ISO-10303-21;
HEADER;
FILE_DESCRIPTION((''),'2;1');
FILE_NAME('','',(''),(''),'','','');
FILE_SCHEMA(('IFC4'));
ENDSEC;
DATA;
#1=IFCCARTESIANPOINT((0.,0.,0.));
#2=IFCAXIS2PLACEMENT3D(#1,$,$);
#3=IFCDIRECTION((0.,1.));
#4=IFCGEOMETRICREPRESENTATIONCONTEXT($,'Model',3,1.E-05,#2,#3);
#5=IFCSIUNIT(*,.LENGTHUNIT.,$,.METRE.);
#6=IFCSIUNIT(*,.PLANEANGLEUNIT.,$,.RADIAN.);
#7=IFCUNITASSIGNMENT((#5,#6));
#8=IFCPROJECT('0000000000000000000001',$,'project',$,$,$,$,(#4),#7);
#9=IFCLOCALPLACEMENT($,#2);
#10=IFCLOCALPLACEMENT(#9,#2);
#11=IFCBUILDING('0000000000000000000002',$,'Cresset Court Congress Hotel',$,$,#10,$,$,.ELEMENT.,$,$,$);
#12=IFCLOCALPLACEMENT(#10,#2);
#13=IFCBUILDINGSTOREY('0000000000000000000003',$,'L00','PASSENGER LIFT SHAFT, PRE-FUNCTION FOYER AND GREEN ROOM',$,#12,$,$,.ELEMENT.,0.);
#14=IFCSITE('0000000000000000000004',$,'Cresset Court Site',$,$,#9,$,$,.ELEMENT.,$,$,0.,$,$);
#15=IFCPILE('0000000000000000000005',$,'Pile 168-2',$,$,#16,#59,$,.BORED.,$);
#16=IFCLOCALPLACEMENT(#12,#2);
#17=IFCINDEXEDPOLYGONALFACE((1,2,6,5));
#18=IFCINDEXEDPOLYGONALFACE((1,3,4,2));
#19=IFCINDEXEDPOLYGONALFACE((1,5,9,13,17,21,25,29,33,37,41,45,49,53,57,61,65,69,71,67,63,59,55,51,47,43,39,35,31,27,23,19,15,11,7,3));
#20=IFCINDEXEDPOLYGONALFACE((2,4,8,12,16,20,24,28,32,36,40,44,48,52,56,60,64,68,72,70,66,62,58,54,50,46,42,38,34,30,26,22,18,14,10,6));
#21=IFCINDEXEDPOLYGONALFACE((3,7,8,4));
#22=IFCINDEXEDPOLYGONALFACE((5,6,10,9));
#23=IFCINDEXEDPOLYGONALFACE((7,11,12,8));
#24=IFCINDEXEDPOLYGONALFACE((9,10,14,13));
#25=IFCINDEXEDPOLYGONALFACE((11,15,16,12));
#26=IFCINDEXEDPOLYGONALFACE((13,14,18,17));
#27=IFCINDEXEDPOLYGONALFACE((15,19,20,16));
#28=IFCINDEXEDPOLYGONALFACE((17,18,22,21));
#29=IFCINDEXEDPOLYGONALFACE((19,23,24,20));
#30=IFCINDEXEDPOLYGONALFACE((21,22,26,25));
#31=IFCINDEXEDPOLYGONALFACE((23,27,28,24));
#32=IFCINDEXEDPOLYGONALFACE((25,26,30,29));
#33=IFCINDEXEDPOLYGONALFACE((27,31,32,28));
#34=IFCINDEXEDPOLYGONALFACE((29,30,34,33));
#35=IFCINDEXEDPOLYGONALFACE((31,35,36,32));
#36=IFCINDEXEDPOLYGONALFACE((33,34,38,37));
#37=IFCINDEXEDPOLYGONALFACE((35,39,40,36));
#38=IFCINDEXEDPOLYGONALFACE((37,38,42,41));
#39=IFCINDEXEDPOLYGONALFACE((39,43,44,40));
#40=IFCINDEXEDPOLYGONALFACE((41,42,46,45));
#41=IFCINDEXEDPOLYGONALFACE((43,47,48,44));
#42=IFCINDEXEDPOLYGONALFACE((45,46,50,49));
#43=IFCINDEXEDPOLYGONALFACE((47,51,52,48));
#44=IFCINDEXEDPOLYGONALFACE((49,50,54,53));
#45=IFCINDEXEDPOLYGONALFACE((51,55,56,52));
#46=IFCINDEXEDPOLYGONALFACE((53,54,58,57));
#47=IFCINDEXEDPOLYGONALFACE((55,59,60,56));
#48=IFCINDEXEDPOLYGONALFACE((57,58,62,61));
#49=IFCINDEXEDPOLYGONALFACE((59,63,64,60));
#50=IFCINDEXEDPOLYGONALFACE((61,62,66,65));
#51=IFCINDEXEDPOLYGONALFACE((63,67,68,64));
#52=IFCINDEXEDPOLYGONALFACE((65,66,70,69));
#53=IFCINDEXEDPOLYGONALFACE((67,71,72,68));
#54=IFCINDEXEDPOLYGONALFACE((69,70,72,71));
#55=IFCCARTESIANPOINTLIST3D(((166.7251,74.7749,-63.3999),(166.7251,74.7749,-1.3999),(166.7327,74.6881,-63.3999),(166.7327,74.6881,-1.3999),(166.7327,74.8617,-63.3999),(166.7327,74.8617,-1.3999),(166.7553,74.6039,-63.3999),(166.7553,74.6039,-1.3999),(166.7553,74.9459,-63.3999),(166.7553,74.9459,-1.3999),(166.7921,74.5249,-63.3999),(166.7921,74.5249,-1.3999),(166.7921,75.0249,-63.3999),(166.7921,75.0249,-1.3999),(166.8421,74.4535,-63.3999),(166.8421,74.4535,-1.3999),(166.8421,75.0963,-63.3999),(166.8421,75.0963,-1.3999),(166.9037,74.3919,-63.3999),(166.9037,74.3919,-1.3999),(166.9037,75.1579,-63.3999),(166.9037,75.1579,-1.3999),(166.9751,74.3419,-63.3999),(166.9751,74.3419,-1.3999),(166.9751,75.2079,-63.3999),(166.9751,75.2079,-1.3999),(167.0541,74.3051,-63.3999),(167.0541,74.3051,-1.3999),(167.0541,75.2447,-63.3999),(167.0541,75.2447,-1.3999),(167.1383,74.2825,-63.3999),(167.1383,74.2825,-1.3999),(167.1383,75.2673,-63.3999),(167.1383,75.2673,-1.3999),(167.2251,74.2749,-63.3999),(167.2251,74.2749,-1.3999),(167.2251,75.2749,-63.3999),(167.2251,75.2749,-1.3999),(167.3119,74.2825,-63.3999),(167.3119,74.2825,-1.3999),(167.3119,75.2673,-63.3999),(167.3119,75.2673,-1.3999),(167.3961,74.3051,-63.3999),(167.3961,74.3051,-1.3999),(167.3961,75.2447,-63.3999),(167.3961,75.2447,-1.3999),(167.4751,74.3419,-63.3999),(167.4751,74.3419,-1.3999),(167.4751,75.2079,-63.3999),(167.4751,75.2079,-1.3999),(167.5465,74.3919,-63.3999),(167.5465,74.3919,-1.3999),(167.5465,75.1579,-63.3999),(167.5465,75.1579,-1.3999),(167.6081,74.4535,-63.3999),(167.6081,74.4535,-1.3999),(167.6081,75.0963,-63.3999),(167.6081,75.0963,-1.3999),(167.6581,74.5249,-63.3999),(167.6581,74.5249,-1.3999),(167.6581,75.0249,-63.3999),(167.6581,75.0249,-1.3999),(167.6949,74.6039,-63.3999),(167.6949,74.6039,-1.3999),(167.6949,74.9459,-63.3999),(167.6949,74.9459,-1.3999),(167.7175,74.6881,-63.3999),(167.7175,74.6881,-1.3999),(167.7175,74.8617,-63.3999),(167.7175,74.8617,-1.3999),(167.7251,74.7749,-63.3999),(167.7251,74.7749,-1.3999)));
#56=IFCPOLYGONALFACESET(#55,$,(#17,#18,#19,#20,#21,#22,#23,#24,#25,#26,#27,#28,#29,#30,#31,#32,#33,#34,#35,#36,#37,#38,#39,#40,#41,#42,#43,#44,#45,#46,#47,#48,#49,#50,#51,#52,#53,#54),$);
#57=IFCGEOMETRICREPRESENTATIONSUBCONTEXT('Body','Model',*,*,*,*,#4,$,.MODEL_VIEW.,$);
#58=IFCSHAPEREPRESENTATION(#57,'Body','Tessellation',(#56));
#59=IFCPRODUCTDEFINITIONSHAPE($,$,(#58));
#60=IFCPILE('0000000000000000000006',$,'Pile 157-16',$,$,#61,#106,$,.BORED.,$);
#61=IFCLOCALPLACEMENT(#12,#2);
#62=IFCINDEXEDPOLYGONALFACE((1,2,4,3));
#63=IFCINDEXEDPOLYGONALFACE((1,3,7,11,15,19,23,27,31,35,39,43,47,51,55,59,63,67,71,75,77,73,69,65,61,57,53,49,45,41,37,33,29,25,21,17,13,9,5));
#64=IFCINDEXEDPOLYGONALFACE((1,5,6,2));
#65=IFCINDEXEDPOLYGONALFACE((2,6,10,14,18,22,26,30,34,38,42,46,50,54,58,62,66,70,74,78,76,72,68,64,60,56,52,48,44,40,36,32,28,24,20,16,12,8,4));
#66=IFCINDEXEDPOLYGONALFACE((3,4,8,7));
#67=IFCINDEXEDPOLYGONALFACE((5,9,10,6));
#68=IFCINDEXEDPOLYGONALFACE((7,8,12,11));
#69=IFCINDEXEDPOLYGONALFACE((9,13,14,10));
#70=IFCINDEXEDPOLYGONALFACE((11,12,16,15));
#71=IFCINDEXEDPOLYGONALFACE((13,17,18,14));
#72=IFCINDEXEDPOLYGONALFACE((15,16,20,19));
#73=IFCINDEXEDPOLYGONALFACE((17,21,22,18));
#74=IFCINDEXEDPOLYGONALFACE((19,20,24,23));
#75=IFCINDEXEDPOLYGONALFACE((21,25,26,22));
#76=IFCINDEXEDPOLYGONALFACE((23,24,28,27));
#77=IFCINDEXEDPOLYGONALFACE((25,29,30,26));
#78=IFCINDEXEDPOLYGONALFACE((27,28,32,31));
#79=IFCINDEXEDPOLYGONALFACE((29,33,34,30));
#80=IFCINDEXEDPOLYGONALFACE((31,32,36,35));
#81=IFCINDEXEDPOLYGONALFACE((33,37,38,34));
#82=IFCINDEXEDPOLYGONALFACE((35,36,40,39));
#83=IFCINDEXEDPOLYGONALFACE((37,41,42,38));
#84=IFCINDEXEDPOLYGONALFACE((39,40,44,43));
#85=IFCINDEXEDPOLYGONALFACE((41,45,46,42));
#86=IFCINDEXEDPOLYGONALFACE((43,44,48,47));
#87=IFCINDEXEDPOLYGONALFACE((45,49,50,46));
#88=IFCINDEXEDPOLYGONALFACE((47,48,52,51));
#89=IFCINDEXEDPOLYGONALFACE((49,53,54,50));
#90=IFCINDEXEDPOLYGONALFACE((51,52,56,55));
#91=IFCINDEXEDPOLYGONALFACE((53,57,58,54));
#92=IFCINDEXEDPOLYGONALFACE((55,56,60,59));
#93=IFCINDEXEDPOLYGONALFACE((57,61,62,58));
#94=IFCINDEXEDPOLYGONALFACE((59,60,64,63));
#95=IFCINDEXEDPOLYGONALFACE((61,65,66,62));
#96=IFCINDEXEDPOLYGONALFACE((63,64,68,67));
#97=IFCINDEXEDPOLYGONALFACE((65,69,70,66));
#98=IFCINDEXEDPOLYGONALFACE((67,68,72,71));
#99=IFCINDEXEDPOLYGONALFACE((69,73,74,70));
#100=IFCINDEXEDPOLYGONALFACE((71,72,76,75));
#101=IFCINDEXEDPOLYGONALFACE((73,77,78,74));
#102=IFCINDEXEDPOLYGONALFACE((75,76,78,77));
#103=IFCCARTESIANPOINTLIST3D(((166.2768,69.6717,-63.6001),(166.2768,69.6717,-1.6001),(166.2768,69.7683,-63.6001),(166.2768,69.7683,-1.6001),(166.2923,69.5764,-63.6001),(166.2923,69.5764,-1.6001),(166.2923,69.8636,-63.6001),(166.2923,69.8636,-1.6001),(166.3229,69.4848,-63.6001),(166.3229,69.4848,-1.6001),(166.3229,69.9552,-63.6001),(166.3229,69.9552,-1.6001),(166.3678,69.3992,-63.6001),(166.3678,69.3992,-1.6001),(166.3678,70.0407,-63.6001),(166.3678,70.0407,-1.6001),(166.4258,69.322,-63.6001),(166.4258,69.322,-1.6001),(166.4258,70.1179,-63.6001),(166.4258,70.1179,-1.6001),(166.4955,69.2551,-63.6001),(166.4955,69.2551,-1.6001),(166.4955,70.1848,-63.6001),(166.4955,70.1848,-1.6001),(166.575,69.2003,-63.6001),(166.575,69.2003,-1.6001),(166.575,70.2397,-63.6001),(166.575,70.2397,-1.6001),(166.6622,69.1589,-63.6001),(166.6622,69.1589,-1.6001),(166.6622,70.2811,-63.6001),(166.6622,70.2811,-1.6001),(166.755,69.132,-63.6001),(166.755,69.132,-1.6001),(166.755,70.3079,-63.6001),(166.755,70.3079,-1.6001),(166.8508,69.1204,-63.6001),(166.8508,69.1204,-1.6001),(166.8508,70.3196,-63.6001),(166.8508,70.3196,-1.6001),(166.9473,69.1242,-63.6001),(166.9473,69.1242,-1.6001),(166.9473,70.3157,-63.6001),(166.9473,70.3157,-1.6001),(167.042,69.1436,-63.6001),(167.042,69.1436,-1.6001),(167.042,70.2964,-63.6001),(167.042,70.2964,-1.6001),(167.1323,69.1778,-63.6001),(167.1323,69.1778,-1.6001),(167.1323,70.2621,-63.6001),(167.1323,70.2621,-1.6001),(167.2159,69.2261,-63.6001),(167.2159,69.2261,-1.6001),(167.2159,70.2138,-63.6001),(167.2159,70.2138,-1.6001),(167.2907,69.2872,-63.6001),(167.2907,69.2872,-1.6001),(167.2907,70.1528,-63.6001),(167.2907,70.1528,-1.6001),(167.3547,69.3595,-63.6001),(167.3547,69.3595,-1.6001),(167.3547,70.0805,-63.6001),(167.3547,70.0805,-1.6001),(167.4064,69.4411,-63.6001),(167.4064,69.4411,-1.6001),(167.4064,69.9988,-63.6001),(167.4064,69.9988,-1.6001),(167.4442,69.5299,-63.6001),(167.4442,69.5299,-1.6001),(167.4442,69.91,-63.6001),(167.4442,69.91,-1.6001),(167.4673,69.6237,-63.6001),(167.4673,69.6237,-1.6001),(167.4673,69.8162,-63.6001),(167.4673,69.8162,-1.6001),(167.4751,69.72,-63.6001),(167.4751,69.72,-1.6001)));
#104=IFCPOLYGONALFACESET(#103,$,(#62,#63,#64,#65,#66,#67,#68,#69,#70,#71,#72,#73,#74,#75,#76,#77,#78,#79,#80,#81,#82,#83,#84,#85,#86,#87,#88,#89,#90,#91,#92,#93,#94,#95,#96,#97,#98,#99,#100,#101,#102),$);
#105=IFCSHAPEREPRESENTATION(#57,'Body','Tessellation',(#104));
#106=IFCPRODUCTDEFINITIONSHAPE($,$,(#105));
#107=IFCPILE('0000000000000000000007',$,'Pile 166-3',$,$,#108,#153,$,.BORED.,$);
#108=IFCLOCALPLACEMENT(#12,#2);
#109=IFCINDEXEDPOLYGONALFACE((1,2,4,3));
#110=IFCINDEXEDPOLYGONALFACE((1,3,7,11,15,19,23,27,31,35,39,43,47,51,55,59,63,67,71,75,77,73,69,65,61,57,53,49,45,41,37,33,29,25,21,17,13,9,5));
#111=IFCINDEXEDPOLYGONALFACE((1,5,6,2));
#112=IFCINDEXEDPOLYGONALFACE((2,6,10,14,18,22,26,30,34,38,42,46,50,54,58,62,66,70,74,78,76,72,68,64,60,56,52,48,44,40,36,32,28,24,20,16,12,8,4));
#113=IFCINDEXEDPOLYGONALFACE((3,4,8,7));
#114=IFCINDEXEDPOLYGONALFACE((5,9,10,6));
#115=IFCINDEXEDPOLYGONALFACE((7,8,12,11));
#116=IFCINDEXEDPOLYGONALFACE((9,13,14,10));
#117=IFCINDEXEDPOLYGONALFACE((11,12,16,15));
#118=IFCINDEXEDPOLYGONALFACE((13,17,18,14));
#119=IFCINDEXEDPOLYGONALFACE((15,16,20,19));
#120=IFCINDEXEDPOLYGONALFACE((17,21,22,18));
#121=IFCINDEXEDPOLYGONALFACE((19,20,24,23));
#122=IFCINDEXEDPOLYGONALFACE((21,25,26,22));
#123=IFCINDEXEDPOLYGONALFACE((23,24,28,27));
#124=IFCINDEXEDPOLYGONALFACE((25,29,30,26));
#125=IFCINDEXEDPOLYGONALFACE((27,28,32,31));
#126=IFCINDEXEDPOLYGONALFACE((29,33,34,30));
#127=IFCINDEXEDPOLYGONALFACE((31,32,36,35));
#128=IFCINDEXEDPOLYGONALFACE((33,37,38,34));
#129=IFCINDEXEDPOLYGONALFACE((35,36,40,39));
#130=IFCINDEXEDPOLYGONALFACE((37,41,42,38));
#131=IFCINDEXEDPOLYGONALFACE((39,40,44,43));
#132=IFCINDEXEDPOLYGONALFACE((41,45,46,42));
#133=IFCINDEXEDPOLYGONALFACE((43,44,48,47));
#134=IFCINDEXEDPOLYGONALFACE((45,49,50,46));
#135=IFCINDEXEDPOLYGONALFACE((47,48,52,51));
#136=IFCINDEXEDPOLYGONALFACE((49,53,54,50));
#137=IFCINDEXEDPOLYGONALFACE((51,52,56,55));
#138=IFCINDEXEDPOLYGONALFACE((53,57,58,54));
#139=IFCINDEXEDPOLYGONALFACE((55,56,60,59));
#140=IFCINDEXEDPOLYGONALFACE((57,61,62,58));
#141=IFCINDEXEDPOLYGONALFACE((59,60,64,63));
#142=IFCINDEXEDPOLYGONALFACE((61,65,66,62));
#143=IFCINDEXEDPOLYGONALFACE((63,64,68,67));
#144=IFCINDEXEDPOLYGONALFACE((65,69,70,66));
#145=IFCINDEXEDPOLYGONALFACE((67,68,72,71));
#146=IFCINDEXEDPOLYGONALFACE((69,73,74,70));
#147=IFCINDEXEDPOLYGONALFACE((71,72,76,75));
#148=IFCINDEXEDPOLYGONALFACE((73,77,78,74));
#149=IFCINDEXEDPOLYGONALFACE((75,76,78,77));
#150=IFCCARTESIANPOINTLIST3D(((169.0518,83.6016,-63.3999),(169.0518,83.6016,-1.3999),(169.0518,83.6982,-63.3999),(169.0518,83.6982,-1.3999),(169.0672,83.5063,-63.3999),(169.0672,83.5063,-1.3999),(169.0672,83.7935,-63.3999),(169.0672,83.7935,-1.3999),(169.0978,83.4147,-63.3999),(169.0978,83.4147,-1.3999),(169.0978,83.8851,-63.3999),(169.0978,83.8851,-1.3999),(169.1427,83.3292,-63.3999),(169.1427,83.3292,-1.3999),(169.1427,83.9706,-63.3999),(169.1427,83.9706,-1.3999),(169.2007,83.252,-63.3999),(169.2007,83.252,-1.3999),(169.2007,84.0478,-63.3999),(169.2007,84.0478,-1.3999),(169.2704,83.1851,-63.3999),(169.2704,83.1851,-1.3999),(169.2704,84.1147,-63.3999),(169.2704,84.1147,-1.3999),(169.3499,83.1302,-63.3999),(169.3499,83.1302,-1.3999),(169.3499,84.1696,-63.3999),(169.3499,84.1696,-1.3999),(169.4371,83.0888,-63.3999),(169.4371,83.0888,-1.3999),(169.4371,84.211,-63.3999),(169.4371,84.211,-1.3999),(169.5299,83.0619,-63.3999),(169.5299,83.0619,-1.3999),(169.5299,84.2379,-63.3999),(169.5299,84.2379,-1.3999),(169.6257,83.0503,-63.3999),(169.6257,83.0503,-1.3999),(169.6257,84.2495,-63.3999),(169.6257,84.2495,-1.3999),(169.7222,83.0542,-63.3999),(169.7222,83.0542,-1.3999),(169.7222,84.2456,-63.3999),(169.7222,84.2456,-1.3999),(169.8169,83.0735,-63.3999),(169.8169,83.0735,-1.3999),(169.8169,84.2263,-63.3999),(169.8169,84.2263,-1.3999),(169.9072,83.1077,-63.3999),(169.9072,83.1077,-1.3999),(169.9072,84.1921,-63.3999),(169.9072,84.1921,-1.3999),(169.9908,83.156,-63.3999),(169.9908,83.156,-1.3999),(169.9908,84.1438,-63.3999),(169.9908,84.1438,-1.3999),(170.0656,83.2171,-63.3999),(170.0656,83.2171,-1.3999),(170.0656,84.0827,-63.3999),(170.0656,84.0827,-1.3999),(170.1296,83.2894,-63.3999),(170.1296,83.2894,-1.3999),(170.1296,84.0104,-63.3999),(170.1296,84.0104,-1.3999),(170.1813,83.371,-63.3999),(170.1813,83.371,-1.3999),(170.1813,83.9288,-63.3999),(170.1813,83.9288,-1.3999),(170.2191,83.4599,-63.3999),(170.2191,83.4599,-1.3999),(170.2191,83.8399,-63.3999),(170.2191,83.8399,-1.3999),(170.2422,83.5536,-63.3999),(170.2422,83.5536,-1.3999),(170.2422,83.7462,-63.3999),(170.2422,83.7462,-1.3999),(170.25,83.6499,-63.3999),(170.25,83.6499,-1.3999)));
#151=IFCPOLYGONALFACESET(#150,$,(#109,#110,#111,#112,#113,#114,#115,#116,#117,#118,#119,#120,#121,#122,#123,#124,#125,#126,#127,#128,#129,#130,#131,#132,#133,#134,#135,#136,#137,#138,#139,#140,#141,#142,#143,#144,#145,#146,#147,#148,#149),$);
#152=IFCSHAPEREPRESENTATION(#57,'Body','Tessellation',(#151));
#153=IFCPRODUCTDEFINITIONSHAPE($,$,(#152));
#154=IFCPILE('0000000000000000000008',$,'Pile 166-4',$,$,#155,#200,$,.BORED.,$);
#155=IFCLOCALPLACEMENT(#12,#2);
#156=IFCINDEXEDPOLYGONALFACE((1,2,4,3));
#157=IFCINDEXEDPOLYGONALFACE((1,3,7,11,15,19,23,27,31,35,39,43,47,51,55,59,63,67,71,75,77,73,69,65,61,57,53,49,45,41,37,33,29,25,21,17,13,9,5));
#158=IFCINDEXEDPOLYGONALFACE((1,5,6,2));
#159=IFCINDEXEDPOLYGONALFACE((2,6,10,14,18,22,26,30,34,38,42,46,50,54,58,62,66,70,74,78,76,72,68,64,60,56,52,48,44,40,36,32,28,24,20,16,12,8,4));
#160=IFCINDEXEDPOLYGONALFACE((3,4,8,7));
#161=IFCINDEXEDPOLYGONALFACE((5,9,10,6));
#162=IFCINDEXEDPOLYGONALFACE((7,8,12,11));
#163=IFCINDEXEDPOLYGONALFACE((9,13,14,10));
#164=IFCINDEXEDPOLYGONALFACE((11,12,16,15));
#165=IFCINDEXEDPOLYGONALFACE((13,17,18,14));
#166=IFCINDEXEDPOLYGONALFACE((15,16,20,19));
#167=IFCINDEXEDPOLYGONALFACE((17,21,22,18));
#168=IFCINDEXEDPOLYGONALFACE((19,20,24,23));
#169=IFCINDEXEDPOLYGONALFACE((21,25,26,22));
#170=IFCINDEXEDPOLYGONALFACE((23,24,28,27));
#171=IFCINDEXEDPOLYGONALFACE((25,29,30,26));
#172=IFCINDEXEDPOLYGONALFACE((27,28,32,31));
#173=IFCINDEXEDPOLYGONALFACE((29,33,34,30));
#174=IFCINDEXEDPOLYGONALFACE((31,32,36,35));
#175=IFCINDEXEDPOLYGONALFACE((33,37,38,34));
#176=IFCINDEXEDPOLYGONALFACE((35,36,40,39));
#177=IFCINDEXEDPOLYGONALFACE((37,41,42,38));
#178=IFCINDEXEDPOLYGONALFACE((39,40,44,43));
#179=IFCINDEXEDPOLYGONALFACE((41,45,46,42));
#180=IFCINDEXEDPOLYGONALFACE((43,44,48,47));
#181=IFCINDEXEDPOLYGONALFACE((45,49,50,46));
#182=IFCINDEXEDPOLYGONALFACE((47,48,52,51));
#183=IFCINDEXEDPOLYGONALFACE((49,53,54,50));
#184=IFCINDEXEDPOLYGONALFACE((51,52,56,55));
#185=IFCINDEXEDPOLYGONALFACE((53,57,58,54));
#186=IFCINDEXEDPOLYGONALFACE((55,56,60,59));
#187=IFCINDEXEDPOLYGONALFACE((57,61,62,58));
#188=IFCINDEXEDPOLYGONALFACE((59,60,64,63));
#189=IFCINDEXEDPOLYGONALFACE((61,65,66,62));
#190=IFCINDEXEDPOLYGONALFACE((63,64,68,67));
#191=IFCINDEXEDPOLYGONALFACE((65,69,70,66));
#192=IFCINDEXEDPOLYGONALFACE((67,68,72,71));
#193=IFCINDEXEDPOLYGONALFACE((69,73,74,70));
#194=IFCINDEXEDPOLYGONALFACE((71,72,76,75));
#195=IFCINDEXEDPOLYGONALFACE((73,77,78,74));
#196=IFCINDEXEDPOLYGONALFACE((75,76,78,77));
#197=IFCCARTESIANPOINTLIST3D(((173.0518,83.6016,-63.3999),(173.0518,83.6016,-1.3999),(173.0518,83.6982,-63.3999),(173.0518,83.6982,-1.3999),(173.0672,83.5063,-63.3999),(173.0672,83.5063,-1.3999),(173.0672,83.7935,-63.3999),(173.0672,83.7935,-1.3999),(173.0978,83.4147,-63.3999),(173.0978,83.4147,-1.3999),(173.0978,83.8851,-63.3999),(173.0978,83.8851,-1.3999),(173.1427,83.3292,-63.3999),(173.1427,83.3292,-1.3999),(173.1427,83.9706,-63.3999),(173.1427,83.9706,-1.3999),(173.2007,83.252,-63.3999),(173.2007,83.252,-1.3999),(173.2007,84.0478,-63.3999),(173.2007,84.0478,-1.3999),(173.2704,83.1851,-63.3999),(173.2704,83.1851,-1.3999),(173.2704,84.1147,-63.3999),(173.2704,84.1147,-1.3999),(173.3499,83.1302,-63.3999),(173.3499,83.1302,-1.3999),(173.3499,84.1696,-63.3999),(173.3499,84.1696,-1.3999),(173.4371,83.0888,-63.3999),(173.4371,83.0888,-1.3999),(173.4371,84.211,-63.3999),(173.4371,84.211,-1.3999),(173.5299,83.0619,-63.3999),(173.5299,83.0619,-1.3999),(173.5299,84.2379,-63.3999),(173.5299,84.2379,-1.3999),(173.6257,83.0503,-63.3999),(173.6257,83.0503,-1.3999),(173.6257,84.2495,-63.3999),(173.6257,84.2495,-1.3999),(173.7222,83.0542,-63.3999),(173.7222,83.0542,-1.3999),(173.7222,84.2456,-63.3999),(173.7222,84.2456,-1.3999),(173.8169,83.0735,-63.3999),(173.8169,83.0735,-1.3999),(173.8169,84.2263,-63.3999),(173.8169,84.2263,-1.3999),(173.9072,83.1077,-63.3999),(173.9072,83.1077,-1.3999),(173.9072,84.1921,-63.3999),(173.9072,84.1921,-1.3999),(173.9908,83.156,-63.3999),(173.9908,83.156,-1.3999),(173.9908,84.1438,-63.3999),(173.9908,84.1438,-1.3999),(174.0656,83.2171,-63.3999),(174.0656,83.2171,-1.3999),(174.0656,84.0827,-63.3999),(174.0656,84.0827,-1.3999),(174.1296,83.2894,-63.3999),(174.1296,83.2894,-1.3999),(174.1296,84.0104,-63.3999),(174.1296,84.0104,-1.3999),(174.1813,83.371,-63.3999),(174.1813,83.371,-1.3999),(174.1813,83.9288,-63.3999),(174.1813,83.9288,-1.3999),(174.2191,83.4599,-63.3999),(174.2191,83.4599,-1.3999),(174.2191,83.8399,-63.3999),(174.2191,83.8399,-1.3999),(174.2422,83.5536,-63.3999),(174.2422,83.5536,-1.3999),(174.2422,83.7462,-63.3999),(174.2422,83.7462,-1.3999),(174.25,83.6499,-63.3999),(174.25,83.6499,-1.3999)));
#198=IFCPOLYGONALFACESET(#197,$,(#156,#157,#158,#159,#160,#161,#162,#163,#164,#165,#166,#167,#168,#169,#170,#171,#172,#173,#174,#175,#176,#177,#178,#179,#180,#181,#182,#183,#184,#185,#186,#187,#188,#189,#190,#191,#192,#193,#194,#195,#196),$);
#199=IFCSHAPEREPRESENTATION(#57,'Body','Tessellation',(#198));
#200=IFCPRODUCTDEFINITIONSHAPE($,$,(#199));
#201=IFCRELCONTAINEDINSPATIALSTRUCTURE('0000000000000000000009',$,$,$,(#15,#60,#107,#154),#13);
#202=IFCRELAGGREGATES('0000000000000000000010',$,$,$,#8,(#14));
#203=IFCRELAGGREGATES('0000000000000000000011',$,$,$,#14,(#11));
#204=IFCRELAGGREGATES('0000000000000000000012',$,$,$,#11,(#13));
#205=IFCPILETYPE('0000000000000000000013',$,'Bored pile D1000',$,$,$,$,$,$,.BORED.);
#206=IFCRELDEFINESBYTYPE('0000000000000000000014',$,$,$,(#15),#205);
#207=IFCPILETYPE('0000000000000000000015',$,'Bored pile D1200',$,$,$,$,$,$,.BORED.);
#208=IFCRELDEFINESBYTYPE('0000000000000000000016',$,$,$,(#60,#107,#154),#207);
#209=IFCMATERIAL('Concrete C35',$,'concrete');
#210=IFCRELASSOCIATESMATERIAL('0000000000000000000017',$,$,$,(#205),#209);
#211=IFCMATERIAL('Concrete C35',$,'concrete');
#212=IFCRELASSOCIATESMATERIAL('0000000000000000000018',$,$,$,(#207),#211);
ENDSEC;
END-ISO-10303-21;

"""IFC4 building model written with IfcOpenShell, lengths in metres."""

from ifc_helpers import new_model, si_unit, direction, frame, origin, origin_2d, place, context, subcontext, project, spatial, circle, extrude, material, type_object, element, save


model = new_model("IFC4")

# Units and contexts
model_context = context("Model", 3, precision=1e-05, world=origin(), true_north=direction((0.0, 1.0)))
body_context = subcontext(model_context, "Body", "Model", "MODEL_VIEW")
ifc_project = project(units=[si_unit("LENGTHUNIT", "METRE"), si_unit("PLANEANGLEUNIT", "RADIAN")], contexts=[model_context])

# Site, building, storey
site_placement = place(None, origin())
site = spatial("IfcSite", under=ifc_project, at=site_placement, Name="Cresset Court Site", CompositionType="ELEMENT", RefElevation=0.0)
building_placement = place(site_placement, origin())
building = spatial("IfcBuilding", under=site, at=building_placement, Name="Cresset Court Congress Hotel", CompositionType="ELEMENT")
storey_placement = place(building_placement, origin())
storey = spatial("IfcBuildingStorey", under=building, at=storey_placement, Name="L00", Description="PASSENGER LIFT SHAFT, PRE-FUNCTION FOYER AND GREEN ROOM", CompositionType="ELEMENT", Elevation=0.0)

# Piles
ifc_material_1 = material(Name="Concrete C35", Category="concrete")
pile_type_1 = type_object("IfcPileType", Name="Bored pile D1000", PredefinedType="BORED", material=ifc_material_1)
pile_placement = place(storey_placement, frame((167.2251, 74.7749, -1.3999), z_axis=(0.0, 0.0, -1.0), x_axis=(1.0, 0.0, 0.0)))
element("IfcPile", 1, at=pile_placement, inside=storey, type_object=pile_type_1, Name="Pile 168-2", PredefinedType="BORED", context=body_context, shape_type="SweptSolid", body=[
    extrude(circle(Radius=0.5, at=origin_2d()), origin(), (0.0, 0.0, 1.0), 62.0),
])
ifc_material_2 = material(Name="Concrete C35", Category="concrete")
pile_type_2 = type_object("IfcPileType", Name="Bored pile D1200", PredefinedType="BORED", material=ifc_material_2)
for number, where, z_axis, x_axis, name in (
    (2, (166.875, 69.72, -1.6001), (0.0, 0.0, -1.0), (1.0, 0.0, 0.0), "Pile 157-16"),
    (3, (169.6499, 83.6499, -1.3999), (0.0, 0.0, -1.0), (1.0, 0.0, 0.0), "Pile 166-3"),
    (4, (173.6499, 83.6499, -1.3999), (0.0, 0.0, -1.0), (1.0, 0.0, 0.0), "Pile 166-4"),
):
    element("IfcPile", number, at=place(storey_placement, frame(where, z_axis=z_axis, x_axis=x_axis)), inside=storey, type_object=pile_type_2, Name=name, PredefinedType="BORED", context=body_context, shape_type="SweptSolid", body=[
        extrude(circle(Radius=0.6001, at=origin_2d()), origin(), (0.0, 0.0, 1.0), 62.0),
    ])

save(model, "model.ifc")
